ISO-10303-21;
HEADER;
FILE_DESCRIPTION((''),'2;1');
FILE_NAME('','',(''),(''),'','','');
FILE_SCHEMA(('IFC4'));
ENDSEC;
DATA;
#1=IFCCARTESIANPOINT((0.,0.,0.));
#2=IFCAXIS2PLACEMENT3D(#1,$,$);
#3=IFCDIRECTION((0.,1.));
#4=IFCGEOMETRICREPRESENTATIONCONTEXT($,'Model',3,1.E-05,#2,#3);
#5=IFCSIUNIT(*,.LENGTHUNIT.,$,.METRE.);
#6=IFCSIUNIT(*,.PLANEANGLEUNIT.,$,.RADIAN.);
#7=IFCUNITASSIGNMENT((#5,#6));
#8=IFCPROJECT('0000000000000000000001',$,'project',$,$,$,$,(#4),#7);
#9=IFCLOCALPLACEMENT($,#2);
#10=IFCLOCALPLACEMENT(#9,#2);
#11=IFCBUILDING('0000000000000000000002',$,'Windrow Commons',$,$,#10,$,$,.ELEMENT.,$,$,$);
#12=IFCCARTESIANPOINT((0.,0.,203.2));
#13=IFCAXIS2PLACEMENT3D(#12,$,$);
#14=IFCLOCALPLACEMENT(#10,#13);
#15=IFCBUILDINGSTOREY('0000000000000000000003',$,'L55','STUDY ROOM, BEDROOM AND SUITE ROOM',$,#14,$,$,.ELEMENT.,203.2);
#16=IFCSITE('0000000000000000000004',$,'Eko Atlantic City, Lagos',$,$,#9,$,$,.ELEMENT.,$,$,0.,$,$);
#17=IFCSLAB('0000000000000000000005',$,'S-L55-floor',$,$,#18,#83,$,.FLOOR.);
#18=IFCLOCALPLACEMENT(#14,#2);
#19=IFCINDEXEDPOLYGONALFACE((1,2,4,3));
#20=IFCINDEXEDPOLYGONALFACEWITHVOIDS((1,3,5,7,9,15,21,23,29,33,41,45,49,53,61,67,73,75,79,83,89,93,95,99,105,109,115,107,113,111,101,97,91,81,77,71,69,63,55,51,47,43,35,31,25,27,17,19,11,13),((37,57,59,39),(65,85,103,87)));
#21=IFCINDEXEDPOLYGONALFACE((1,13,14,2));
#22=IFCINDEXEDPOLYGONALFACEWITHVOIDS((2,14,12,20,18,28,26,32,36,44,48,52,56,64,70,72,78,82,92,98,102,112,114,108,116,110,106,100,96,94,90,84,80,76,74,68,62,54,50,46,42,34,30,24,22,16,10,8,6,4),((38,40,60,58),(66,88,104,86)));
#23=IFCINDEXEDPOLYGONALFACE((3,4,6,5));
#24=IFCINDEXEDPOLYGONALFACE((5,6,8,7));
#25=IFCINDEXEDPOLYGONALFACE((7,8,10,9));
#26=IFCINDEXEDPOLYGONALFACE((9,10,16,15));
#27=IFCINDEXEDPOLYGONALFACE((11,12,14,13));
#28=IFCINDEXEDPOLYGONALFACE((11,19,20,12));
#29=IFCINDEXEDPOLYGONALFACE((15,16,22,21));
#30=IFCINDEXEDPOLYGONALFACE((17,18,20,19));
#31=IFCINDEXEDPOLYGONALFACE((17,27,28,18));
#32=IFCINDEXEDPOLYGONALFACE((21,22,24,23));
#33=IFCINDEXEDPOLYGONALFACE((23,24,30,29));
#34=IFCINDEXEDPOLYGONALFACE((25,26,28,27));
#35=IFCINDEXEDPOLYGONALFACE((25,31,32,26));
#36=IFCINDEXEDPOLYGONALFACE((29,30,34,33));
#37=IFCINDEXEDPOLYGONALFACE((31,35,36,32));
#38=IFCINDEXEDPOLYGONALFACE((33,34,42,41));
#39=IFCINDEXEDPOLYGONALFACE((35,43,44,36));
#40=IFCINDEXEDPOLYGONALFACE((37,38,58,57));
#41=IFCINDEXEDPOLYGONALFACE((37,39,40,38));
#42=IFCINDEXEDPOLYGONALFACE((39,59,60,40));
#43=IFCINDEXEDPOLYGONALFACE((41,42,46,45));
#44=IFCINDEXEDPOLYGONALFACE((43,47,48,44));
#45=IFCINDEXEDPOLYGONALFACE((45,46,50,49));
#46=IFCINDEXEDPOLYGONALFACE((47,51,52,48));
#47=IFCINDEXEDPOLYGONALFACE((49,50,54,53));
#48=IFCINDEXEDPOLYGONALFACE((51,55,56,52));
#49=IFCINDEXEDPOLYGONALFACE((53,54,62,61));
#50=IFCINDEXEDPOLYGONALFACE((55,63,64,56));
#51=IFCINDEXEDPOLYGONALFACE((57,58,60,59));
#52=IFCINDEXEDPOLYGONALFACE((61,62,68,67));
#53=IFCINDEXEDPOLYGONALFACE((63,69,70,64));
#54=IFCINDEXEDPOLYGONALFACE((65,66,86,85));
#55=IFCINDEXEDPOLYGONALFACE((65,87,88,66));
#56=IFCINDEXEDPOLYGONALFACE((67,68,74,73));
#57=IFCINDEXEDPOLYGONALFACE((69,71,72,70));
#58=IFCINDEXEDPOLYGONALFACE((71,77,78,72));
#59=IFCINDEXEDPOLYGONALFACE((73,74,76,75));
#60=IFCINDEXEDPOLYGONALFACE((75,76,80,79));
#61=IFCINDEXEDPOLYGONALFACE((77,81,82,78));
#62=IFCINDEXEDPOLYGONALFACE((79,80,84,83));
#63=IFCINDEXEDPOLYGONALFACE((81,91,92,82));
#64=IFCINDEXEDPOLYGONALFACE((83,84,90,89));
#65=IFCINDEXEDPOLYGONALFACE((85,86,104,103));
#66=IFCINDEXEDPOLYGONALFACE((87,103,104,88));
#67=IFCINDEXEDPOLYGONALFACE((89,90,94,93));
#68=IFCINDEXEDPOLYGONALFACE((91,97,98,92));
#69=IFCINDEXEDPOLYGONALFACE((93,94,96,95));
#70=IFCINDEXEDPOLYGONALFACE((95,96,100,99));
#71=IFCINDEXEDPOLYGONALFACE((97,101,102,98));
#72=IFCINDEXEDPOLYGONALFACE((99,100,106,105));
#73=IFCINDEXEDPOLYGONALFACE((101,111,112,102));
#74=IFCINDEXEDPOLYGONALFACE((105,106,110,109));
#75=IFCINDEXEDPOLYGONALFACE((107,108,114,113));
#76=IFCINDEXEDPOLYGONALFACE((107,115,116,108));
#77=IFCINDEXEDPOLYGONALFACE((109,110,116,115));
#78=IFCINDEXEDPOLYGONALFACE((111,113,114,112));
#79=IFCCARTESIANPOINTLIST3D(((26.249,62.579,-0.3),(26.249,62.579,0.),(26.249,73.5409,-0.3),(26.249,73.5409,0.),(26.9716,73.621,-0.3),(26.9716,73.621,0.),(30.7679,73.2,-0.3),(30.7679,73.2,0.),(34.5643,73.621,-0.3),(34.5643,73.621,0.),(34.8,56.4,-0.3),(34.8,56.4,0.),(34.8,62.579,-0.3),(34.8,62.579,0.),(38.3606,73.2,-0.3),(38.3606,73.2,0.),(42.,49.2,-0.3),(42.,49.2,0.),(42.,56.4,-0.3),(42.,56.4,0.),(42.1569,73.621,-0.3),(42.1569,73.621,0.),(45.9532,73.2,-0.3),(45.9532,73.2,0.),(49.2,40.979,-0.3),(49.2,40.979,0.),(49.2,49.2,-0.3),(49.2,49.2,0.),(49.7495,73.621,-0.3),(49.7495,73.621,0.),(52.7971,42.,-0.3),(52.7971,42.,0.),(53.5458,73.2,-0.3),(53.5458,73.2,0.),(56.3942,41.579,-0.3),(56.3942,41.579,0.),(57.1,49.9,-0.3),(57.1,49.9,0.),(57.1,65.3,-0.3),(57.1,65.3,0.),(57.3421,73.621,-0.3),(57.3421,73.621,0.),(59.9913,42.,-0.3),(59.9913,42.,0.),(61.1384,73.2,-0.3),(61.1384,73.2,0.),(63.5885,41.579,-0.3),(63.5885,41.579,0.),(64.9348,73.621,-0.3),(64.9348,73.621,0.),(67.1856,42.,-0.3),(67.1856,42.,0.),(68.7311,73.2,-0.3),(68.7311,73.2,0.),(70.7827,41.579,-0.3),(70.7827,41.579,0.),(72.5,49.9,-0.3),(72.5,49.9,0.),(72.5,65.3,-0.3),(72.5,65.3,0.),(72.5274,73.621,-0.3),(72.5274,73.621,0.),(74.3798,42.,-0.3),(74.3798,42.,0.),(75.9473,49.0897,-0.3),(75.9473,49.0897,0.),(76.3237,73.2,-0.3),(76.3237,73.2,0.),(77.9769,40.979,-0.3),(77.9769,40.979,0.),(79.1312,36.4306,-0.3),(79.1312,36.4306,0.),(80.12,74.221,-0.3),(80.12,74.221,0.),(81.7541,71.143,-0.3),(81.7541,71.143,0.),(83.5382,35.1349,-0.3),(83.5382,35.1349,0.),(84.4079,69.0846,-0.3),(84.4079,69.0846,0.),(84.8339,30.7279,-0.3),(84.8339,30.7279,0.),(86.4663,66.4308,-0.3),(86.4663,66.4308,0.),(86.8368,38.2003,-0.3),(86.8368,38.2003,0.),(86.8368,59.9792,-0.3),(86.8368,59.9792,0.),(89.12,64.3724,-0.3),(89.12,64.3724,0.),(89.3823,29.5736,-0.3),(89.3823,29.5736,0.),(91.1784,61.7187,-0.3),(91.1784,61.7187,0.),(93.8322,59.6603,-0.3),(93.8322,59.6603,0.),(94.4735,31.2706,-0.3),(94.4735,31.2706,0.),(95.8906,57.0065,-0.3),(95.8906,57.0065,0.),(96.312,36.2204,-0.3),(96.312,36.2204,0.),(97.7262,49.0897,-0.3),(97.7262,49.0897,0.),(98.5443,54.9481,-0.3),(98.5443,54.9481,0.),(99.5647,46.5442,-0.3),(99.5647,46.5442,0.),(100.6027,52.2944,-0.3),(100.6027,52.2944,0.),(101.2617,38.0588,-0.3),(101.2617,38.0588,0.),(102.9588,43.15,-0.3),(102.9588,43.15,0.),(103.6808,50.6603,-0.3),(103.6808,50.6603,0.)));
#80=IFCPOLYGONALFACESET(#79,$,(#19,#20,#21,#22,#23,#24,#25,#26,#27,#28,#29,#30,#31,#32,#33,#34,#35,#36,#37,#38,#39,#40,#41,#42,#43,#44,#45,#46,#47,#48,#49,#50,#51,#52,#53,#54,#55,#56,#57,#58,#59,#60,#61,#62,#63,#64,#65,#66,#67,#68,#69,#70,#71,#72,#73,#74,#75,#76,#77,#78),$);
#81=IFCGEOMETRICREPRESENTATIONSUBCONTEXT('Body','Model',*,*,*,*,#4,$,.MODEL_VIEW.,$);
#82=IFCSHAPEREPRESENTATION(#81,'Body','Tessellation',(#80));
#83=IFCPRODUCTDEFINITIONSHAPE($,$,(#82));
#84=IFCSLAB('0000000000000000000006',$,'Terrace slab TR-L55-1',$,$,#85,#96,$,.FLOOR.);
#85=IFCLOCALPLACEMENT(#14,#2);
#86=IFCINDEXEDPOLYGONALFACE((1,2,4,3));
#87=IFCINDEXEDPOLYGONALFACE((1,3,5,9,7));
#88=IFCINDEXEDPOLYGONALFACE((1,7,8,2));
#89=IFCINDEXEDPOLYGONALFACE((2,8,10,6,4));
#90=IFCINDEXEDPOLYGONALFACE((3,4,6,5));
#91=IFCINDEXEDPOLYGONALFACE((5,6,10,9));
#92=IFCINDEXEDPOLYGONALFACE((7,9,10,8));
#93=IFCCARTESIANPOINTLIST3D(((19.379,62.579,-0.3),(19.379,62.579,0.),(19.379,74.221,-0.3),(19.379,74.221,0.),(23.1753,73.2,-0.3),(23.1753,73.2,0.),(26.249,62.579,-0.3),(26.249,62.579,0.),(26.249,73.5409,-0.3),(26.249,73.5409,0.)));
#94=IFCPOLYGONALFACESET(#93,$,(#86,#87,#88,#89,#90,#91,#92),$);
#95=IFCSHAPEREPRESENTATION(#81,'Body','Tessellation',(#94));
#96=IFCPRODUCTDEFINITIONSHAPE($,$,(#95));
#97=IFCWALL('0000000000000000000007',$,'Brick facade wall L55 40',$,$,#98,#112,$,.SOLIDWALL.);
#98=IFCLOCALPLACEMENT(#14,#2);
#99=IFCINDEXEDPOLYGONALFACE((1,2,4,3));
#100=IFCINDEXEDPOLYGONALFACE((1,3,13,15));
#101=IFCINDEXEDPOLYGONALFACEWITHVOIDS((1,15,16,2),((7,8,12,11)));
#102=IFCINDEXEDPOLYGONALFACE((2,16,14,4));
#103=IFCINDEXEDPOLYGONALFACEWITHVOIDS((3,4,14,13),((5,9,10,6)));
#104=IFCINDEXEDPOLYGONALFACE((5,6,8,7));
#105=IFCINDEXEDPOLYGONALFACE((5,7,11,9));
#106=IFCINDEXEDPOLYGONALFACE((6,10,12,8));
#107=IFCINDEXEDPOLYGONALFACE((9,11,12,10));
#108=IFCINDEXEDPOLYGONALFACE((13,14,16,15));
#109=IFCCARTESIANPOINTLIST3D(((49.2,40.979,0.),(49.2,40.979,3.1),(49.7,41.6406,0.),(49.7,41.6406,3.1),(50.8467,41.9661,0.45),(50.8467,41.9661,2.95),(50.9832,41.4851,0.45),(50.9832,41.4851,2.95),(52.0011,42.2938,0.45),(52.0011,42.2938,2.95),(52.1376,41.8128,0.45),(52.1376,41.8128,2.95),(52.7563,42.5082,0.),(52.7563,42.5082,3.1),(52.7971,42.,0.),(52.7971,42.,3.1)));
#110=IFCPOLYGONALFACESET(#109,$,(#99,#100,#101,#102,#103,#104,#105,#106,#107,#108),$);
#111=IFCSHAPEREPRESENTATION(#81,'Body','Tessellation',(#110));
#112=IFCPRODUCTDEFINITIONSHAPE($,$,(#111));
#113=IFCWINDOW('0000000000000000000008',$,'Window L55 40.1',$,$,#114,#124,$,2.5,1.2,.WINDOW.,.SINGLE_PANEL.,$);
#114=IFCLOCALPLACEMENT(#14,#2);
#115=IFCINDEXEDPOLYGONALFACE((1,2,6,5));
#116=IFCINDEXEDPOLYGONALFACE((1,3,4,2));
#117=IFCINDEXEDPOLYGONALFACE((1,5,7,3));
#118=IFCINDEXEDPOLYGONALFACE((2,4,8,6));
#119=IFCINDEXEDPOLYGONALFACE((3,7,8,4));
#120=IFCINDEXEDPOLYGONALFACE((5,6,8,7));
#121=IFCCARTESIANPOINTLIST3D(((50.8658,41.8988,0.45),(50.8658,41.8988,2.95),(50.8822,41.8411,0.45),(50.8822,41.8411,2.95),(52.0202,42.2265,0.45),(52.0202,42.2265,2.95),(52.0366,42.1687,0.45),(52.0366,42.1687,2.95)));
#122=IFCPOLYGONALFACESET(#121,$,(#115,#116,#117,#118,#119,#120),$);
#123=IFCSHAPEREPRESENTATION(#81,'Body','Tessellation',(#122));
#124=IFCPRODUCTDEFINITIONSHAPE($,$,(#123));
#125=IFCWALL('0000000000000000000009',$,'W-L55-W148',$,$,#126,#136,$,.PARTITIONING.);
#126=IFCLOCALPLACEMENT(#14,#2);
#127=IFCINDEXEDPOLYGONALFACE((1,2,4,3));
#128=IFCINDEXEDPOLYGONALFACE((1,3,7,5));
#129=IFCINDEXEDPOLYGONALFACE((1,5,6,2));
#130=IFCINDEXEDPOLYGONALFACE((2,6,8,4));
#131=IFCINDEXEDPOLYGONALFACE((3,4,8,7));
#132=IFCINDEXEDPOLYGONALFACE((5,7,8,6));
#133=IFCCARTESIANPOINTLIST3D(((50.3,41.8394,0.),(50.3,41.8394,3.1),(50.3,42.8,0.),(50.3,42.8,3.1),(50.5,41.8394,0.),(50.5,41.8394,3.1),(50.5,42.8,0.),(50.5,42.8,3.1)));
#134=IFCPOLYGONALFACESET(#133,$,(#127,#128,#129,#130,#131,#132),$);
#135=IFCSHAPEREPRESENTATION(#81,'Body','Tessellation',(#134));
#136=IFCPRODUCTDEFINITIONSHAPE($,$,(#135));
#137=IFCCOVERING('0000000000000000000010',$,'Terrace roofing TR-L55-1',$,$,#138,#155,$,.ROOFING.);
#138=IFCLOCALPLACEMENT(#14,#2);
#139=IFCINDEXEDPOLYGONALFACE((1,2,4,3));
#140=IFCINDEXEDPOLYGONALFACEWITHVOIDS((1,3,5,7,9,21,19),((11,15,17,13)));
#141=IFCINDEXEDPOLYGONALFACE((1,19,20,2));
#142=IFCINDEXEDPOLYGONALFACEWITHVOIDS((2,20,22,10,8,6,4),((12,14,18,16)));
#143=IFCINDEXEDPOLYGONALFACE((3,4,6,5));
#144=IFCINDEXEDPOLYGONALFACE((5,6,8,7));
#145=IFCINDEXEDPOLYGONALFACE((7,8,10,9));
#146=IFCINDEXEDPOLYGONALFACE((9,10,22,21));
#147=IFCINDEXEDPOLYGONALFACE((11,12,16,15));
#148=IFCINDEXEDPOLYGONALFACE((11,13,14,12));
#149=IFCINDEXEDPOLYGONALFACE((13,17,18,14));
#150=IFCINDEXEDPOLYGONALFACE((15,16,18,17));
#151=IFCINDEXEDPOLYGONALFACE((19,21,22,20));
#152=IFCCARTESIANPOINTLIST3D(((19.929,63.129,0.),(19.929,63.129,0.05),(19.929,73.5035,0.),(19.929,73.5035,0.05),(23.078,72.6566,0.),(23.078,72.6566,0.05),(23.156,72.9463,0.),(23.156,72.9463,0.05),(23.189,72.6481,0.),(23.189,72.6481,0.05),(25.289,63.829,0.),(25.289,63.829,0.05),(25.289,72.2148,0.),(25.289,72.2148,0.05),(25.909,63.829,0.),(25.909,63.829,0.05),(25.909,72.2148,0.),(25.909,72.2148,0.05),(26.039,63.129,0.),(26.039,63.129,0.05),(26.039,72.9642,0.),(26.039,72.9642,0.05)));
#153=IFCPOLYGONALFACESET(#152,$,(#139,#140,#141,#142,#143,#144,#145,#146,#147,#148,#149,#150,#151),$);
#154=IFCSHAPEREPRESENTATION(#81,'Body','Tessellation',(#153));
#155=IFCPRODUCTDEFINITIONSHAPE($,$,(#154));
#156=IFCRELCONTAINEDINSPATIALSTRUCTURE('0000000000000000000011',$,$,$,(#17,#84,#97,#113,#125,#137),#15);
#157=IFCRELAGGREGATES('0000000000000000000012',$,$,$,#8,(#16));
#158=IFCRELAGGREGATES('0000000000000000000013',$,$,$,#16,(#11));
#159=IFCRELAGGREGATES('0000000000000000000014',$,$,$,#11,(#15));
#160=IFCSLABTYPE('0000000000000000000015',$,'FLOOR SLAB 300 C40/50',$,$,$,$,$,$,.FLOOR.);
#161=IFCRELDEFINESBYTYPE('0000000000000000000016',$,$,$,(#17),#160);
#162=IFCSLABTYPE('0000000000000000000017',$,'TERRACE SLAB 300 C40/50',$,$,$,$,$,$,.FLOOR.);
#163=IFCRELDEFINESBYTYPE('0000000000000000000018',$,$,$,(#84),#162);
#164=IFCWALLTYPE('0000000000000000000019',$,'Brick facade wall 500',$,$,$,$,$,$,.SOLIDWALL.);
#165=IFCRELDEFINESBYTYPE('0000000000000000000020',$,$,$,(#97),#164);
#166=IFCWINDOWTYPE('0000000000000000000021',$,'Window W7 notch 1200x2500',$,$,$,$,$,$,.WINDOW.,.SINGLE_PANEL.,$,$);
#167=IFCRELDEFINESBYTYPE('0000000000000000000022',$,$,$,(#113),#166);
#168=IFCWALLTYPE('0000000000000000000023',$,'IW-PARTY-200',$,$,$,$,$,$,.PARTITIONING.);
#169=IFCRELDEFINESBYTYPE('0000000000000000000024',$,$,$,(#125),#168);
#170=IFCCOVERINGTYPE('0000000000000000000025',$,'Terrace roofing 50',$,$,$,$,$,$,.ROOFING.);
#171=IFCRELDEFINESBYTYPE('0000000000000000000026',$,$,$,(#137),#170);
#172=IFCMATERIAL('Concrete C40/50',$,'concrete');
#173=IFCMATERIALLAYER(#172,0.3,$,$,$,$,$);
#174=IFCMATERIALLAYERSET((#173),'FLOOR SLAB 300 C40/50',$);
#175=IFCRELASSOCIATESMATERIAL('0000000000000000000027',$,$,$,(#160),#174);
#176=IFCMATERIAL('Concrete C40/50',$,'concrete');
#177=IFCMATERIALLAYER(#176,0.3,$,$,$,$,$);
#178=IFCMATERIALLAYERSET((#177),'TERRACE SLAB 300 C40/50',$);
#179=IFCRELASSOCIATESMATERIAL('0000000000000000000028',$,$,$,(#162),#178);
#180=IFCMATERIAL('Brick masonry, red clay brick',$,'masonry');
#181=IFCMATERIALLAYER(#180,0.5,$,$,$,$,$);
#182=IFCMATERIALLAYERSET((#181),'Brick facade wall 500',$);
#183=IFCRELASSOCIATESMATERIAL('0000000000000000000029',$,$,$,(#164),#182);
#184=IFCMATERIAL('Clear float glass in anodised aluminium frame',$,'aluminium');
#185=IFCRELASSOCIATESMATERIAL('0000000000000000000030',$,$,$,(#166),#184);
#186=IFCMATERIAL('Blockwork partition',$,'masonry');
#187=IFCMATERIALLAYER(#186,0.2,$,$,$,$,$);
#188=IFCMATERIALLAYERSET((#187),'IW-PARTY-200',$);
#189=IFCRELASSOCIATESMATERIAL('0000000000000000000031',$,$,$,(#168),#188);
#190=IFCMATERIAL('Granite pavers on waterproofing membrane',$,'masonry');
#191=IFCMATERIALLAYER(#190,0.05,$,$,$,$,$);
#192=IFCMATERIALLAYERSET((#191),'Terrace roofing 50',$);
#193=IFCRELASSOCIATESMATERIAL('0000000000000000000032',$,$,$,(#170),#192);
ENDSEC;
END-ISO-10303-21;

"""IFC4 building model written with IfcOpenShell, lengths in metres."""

from ifc_helpers import new_model, si_unit, direction, frame, frame_2d, origin, place, context, subcontext, project, spatial, polyline, rectangle, outline, extrude, material, layer, layer_set, type_object, element, fill, save


model = new_model("IFC4")

# Units and contexts
model_context = context("Model", 3, precision=1e-05, world=origin(), true_north=direction((0.0, 1.0)))
body_context = subcontext(model_context, "Body", "Model", "MODEL_VIEW")
ifc_project = project(units=[si_unit("LENGTHUNIT", "METRE"), si_unit("PLANEANGLEUNIT", "RADIAN")], contexts=[model_context])

# Site, building, storey
site_placement = place(None, origin())
site = spatial("IfcSite", under=ifc_project, at=site_placement, Name="Eko Atlantic City, Lagos", CompositionType="ELEMENT", RefElevation=0.0)
building_placement = place(site_placement, origin())
building = spatial("IfcBuilding", under=site, at=building_placement, Name="Windrow Commons", CompositionType="ELEMENT")
storey_placement = place(building_placement, frame((0.0, 0.0, 203.2)))
storey = spatial("IfcBuildingStorey", under=building, at=storey_placement, Name="L55", Description="STUDY ROOM, BEDROOM AND SUITE ROOM", CompositionType="ELEMENT", Elevation=203.2)

# Shared definitions
placement_1 = place(storey_placement, frame((0.0, 0.0, -0.3)))

# Shared definitions
placement_2 = place(storey_placement, origin())

# Slab, openings
ifc_material_1 = material(Name="Concrete C40/50", Category="concrete")
ifc_layer_1 = layer(ifc_material_1, 0.3)
ifc_layer_set_1 = layer_set([ifc_layer_1], Name="FLOOR SLAB 300 C40/50")
slab_type_1 = type_object("IfcSlabType", Name="FLOOR SLAB 300 C40/50", PredefinedType="FLOOR", material=ifc_layer_set_1)
slab_1 = element("IfcSlab", 1, at=placement_1, inside=storey, type_object=slab_type_1, Name="S-L55-floor", PredefinedType="FLOOR", context=body_context, shape_type="SweptSolid", body=[
    extrude(outline(polyline([(77.9769, 40.979), (79.1312, 36.4306), (83.5382, 35.1349), (84.8339, 30.7279), (89.3823, 29.5736), (94.4735, 31.2706), (96.312, 36.2204), (101.2617, 38.0588), (102.9588, 43.15), (99.5647, 46.5442), (103.6808, 50.6603), (100.6027, 52.2944), (98.5443, 54.9481), (95.8906, 57.0065), (93.8322, 59.6603), (91.1784, 61.7187), (89.12, 64.3724), (86.4663, 66.4308), (84.4079, 69.0846), (81.7541, 71.143), (80.12, 74.221), (76.3237, 73.2), (72.5274, 73.621), (68.7311, 73.2), (64.9348, 73.621), (61.1384, 73.2), (57.3421, 73.621), (53.5458, 73.2), (49.7495, 73.621), (45.9532, 73.2), (42.1569, 73.621), (38.3606, 73.2), (34.5643, 73.621), (30.7679, 73.2), (26.9716, 73.621), (26.249, 73.5409), (26.249, 62.579), (34.8, 62.579), (34.8, 56.4), (42.0, 56.4), (42.0, 49.2), (49.2, 49.2), (49.2, 40.979), (52.7971, 42.0), (56.3942, 41.579), (59.9913, 42.0), (63.5885, 41.579), (67.1856, 42.0), (70.7827, 41.579), (74.3798, 42.0), (77.9769, 40.979)]), holes=[polyline([(97.7262, 49.0897), (86.8368, 38.2003), (75.9473, 49.0897), (86.8368, 59.9792), (97.7262, 49.0897)]), polyline([(72.5, 65.3), (72.5, 49.9), (57.1, 49.9), (57.1, 65.3), (72.5, 65.3)])]), origin(), (0.0, 0.0, 1.0), 0.3),
])
opening_1_placement = place(placement_1, origin())
element("IfcOpeningElement", 2, at=opening_1_placement, cuts=slab_1, PredefinedType="OPENING", context=body_context, shape_type="SweptSolid", body=[
    extrude(outline(polyline([(97.7191, 49.0897), (86.8368, 38.2074), (75.9544, 49.0897), (86.8368, 59.9721), (97.7191, 49.0897)])), origin(), (0.0, 0.0, 1.0), 0.3),
])
opening_2_placement = place(placement_1, origin())
element("IfcOpeningElement", 3, at=opening_2_placement, cuts=slab_1, PredefinedType="OPENING", context=body_context, shape_type="SweptSolid", body=[
    extrude(outline(polyline([(72.495, 65.295), (72.495, 49.905), (57.105, 49.905), (57.105, 65.295), (72.495, 65.295)])), origin(), (0.0, 0.0, 1.0), 0.3),
])

# Slab
ifc_material_2 = material(Name="Concrete C40/50", Category="concrete")
ifc_layer_2 = layer(ifc_material_2, 0.3)
ifc_layer_set_2 = layer_set([ifc_layer_2], Name="TERRACE SLAB 300 C40/50")
slab_type_2 = type_object("IfcSlabType", Name="TERRACE SLAB 300 C40/50", PredefinedType="FLOOR", material=ifc_layer_set_2)
element("IfcSlab", 4, at=placement_1, inside=storey, type_object=slab_type_2, Name="Terrace slab TR-L55-1", PredefinedType="FLOOR", context=body_context, shape_type="SweptSolid", body=[
    extrude(outline(polyline([(19.379, 74.221), (19.379, 62.579), (26.249, 62.579), (26.249, 73.5409), (23.1753, 73.2), (19.379, 74.221)])), origin(), (0.0, 0.0, 1.0), 0.3),
])

# Wall, opening, window
ifc_material_3 = material(Name="Brick masonry, red clay brick", Category="masonry")
ifc_layer_3 = layer(ifc_material_3, 0.5)
ifc_layer_set_3 = layer_set([ifc_layer_3], Name="Brick facade wall 500")
wall_type_1 = type_object("IfcWallType", Name="Brick facade wall 500", PredefinedType="SOLIDWALL", material=ifc_layer_set_3)
wall_1_placement = place(storey_placement, frame((49.45, 41.3098, 0.0), z_axis=(0.0, 0.0, 1.0), x_axis=(0.961995, 0.273067, 0.0)))
wall_1 = element("IfcWall", 5, at=wall_1_placement, inside=storey, type_object=wall_type_1, Name="Brick facade wall L55 40", PredefinedType="SOLIDWALL", context=body_context, shape_type="SweptSolid", body=[
    extrude(outline(polyline([(-0.3308, -0.25), (3.4084, -0.25), (3.5079, 0.25), (0.3308, 0.25), (-0.3308, -0.25)])), origin(), (0.0, 0.0, 1.0), 3.1),
])
opening_3_placement = place(wall_1_placement, frame((1.5228, 0.0, 0.45)))
opening_3 = element("IfcOpeningElement", 6, at=opening_3_placement, cuts=wall_1, PredefinedType="OPENING", context=body_context, shape_type="SweptSolid", body=[
    extrude(rectangle(XDim=1.2, YDim=2.5, at=frame_2d((0.6, 1.25))), frame((0.0, 0.26, 0.0), z_axis=(0.0, -1.0, 0.0), x_axis=(1.0, 0.0, 0.0)), (0.0, 0.0, 1.0), 0.52),
])
ifc_material_4 = material(Name="Clear float glass in anodised aluminium frame", Category="aluminium")
window_type = type_object("IfcWindowType", Name="Window W7 notch 1200x2500", PartitioningType="SINGLE_PANEL", PredefinedType="WINDOW", material=ifc_material_4)
window_placement = place(opening_3_placement, origin())
window = element("IfcWindow", 7, at=window_placement, inside=storey, type_object=window_type, Name="Window L55 40.1", OverallHeight=2.5, OverallWidth=1.2, PartitioningType="SINGLE_PANEL", PredefinedType="WINDOW", context=body_context, shape_type="SweptSolid", body=[
    extrude(rectangle(XDim=1.2, YDim=2.5, at=frame_2d((0.6, 1.25))), frame((0.0, 0.18, 0.0), z_axis=(0.0, -1.0, 0.0), x_axis=(1.0, 0.0, 0.0)), (0.0, 0.0, 1.0), 0.06),
])
fill(opening_3, window)

# Wall
ifc_material_5 = material(Name="Blockwork partition", Category="masonry")
ifc_layer_4 = layer(ifc_material_5, 0.2)
ifc_layer_set_4 = layer_set([ifc_layer_4], Name="IW-PARTY-200")
wall_type_2 = type_object("IfcWallType", Name="IW-PARTY-200", PredefinedType="PARTITIONING", material=ifc_layer_set_4)
wall_2_placement = place(storey_placement, frame((50.4, 41.8394, 0.0), z_axis=(0.0, 0.0, 1.0), x_axis=(0.0, 1.0, 0.0)))
element("IfcWall", 8, at=wall_2_placement, inside=storey, type_object=wall_type_2, Name="W-L55-W148", PredefinedType="PARTITIONING", context=body_context, shape_type="SweptSolid", body=[
    extrude(rectangle(XDim=0.9606, YDim=0.2, at=frame_2d((0.4803, 0.0))), origin(), (0.0, 0.0, 1.0), 3.1),
])

# Covering
ifc_material_6 = material(Name="Granite pavers on waterproofing membrane", Category="masonry")
ifc_layer_5 = layer(ifc_material_6, 0.05)
ifc_layer_set_5 = layer_set([ifc_layer_5], Name="Terrace roofing 50")
covering_type = type_object("IfcCoveringType", Name="Terrace roofing 50", PredefinedType="ROOFING", material=ifc_layer_set_5)
element("IfcCovering", 9, at=placement_2, inside=storey, type_object=covering_type, Name="Terrace roofing TR-L55-1", PredefinedType="ROOFING", context=body_context, shape_type="SweptSolid", body=[
    extrude(outline(polyline([(26.039, 72.9642), (26.039, 63.129), (19.929, 63.129), (19.929, 73.5035), (23.078, 72.6566), (23.156, 72.9463), (23.189, 72.6481), (26.039, 72.9642)]), holes=[polyline([(25.909, 63.829), (25.909, 72.2148), (25.289, 72.2148), (25.289, 63.829), (25.909, 63.829)])]), origin(), (0.0, 0.0, 1.0), 0.05),
])

save(model, "model.ifc")
